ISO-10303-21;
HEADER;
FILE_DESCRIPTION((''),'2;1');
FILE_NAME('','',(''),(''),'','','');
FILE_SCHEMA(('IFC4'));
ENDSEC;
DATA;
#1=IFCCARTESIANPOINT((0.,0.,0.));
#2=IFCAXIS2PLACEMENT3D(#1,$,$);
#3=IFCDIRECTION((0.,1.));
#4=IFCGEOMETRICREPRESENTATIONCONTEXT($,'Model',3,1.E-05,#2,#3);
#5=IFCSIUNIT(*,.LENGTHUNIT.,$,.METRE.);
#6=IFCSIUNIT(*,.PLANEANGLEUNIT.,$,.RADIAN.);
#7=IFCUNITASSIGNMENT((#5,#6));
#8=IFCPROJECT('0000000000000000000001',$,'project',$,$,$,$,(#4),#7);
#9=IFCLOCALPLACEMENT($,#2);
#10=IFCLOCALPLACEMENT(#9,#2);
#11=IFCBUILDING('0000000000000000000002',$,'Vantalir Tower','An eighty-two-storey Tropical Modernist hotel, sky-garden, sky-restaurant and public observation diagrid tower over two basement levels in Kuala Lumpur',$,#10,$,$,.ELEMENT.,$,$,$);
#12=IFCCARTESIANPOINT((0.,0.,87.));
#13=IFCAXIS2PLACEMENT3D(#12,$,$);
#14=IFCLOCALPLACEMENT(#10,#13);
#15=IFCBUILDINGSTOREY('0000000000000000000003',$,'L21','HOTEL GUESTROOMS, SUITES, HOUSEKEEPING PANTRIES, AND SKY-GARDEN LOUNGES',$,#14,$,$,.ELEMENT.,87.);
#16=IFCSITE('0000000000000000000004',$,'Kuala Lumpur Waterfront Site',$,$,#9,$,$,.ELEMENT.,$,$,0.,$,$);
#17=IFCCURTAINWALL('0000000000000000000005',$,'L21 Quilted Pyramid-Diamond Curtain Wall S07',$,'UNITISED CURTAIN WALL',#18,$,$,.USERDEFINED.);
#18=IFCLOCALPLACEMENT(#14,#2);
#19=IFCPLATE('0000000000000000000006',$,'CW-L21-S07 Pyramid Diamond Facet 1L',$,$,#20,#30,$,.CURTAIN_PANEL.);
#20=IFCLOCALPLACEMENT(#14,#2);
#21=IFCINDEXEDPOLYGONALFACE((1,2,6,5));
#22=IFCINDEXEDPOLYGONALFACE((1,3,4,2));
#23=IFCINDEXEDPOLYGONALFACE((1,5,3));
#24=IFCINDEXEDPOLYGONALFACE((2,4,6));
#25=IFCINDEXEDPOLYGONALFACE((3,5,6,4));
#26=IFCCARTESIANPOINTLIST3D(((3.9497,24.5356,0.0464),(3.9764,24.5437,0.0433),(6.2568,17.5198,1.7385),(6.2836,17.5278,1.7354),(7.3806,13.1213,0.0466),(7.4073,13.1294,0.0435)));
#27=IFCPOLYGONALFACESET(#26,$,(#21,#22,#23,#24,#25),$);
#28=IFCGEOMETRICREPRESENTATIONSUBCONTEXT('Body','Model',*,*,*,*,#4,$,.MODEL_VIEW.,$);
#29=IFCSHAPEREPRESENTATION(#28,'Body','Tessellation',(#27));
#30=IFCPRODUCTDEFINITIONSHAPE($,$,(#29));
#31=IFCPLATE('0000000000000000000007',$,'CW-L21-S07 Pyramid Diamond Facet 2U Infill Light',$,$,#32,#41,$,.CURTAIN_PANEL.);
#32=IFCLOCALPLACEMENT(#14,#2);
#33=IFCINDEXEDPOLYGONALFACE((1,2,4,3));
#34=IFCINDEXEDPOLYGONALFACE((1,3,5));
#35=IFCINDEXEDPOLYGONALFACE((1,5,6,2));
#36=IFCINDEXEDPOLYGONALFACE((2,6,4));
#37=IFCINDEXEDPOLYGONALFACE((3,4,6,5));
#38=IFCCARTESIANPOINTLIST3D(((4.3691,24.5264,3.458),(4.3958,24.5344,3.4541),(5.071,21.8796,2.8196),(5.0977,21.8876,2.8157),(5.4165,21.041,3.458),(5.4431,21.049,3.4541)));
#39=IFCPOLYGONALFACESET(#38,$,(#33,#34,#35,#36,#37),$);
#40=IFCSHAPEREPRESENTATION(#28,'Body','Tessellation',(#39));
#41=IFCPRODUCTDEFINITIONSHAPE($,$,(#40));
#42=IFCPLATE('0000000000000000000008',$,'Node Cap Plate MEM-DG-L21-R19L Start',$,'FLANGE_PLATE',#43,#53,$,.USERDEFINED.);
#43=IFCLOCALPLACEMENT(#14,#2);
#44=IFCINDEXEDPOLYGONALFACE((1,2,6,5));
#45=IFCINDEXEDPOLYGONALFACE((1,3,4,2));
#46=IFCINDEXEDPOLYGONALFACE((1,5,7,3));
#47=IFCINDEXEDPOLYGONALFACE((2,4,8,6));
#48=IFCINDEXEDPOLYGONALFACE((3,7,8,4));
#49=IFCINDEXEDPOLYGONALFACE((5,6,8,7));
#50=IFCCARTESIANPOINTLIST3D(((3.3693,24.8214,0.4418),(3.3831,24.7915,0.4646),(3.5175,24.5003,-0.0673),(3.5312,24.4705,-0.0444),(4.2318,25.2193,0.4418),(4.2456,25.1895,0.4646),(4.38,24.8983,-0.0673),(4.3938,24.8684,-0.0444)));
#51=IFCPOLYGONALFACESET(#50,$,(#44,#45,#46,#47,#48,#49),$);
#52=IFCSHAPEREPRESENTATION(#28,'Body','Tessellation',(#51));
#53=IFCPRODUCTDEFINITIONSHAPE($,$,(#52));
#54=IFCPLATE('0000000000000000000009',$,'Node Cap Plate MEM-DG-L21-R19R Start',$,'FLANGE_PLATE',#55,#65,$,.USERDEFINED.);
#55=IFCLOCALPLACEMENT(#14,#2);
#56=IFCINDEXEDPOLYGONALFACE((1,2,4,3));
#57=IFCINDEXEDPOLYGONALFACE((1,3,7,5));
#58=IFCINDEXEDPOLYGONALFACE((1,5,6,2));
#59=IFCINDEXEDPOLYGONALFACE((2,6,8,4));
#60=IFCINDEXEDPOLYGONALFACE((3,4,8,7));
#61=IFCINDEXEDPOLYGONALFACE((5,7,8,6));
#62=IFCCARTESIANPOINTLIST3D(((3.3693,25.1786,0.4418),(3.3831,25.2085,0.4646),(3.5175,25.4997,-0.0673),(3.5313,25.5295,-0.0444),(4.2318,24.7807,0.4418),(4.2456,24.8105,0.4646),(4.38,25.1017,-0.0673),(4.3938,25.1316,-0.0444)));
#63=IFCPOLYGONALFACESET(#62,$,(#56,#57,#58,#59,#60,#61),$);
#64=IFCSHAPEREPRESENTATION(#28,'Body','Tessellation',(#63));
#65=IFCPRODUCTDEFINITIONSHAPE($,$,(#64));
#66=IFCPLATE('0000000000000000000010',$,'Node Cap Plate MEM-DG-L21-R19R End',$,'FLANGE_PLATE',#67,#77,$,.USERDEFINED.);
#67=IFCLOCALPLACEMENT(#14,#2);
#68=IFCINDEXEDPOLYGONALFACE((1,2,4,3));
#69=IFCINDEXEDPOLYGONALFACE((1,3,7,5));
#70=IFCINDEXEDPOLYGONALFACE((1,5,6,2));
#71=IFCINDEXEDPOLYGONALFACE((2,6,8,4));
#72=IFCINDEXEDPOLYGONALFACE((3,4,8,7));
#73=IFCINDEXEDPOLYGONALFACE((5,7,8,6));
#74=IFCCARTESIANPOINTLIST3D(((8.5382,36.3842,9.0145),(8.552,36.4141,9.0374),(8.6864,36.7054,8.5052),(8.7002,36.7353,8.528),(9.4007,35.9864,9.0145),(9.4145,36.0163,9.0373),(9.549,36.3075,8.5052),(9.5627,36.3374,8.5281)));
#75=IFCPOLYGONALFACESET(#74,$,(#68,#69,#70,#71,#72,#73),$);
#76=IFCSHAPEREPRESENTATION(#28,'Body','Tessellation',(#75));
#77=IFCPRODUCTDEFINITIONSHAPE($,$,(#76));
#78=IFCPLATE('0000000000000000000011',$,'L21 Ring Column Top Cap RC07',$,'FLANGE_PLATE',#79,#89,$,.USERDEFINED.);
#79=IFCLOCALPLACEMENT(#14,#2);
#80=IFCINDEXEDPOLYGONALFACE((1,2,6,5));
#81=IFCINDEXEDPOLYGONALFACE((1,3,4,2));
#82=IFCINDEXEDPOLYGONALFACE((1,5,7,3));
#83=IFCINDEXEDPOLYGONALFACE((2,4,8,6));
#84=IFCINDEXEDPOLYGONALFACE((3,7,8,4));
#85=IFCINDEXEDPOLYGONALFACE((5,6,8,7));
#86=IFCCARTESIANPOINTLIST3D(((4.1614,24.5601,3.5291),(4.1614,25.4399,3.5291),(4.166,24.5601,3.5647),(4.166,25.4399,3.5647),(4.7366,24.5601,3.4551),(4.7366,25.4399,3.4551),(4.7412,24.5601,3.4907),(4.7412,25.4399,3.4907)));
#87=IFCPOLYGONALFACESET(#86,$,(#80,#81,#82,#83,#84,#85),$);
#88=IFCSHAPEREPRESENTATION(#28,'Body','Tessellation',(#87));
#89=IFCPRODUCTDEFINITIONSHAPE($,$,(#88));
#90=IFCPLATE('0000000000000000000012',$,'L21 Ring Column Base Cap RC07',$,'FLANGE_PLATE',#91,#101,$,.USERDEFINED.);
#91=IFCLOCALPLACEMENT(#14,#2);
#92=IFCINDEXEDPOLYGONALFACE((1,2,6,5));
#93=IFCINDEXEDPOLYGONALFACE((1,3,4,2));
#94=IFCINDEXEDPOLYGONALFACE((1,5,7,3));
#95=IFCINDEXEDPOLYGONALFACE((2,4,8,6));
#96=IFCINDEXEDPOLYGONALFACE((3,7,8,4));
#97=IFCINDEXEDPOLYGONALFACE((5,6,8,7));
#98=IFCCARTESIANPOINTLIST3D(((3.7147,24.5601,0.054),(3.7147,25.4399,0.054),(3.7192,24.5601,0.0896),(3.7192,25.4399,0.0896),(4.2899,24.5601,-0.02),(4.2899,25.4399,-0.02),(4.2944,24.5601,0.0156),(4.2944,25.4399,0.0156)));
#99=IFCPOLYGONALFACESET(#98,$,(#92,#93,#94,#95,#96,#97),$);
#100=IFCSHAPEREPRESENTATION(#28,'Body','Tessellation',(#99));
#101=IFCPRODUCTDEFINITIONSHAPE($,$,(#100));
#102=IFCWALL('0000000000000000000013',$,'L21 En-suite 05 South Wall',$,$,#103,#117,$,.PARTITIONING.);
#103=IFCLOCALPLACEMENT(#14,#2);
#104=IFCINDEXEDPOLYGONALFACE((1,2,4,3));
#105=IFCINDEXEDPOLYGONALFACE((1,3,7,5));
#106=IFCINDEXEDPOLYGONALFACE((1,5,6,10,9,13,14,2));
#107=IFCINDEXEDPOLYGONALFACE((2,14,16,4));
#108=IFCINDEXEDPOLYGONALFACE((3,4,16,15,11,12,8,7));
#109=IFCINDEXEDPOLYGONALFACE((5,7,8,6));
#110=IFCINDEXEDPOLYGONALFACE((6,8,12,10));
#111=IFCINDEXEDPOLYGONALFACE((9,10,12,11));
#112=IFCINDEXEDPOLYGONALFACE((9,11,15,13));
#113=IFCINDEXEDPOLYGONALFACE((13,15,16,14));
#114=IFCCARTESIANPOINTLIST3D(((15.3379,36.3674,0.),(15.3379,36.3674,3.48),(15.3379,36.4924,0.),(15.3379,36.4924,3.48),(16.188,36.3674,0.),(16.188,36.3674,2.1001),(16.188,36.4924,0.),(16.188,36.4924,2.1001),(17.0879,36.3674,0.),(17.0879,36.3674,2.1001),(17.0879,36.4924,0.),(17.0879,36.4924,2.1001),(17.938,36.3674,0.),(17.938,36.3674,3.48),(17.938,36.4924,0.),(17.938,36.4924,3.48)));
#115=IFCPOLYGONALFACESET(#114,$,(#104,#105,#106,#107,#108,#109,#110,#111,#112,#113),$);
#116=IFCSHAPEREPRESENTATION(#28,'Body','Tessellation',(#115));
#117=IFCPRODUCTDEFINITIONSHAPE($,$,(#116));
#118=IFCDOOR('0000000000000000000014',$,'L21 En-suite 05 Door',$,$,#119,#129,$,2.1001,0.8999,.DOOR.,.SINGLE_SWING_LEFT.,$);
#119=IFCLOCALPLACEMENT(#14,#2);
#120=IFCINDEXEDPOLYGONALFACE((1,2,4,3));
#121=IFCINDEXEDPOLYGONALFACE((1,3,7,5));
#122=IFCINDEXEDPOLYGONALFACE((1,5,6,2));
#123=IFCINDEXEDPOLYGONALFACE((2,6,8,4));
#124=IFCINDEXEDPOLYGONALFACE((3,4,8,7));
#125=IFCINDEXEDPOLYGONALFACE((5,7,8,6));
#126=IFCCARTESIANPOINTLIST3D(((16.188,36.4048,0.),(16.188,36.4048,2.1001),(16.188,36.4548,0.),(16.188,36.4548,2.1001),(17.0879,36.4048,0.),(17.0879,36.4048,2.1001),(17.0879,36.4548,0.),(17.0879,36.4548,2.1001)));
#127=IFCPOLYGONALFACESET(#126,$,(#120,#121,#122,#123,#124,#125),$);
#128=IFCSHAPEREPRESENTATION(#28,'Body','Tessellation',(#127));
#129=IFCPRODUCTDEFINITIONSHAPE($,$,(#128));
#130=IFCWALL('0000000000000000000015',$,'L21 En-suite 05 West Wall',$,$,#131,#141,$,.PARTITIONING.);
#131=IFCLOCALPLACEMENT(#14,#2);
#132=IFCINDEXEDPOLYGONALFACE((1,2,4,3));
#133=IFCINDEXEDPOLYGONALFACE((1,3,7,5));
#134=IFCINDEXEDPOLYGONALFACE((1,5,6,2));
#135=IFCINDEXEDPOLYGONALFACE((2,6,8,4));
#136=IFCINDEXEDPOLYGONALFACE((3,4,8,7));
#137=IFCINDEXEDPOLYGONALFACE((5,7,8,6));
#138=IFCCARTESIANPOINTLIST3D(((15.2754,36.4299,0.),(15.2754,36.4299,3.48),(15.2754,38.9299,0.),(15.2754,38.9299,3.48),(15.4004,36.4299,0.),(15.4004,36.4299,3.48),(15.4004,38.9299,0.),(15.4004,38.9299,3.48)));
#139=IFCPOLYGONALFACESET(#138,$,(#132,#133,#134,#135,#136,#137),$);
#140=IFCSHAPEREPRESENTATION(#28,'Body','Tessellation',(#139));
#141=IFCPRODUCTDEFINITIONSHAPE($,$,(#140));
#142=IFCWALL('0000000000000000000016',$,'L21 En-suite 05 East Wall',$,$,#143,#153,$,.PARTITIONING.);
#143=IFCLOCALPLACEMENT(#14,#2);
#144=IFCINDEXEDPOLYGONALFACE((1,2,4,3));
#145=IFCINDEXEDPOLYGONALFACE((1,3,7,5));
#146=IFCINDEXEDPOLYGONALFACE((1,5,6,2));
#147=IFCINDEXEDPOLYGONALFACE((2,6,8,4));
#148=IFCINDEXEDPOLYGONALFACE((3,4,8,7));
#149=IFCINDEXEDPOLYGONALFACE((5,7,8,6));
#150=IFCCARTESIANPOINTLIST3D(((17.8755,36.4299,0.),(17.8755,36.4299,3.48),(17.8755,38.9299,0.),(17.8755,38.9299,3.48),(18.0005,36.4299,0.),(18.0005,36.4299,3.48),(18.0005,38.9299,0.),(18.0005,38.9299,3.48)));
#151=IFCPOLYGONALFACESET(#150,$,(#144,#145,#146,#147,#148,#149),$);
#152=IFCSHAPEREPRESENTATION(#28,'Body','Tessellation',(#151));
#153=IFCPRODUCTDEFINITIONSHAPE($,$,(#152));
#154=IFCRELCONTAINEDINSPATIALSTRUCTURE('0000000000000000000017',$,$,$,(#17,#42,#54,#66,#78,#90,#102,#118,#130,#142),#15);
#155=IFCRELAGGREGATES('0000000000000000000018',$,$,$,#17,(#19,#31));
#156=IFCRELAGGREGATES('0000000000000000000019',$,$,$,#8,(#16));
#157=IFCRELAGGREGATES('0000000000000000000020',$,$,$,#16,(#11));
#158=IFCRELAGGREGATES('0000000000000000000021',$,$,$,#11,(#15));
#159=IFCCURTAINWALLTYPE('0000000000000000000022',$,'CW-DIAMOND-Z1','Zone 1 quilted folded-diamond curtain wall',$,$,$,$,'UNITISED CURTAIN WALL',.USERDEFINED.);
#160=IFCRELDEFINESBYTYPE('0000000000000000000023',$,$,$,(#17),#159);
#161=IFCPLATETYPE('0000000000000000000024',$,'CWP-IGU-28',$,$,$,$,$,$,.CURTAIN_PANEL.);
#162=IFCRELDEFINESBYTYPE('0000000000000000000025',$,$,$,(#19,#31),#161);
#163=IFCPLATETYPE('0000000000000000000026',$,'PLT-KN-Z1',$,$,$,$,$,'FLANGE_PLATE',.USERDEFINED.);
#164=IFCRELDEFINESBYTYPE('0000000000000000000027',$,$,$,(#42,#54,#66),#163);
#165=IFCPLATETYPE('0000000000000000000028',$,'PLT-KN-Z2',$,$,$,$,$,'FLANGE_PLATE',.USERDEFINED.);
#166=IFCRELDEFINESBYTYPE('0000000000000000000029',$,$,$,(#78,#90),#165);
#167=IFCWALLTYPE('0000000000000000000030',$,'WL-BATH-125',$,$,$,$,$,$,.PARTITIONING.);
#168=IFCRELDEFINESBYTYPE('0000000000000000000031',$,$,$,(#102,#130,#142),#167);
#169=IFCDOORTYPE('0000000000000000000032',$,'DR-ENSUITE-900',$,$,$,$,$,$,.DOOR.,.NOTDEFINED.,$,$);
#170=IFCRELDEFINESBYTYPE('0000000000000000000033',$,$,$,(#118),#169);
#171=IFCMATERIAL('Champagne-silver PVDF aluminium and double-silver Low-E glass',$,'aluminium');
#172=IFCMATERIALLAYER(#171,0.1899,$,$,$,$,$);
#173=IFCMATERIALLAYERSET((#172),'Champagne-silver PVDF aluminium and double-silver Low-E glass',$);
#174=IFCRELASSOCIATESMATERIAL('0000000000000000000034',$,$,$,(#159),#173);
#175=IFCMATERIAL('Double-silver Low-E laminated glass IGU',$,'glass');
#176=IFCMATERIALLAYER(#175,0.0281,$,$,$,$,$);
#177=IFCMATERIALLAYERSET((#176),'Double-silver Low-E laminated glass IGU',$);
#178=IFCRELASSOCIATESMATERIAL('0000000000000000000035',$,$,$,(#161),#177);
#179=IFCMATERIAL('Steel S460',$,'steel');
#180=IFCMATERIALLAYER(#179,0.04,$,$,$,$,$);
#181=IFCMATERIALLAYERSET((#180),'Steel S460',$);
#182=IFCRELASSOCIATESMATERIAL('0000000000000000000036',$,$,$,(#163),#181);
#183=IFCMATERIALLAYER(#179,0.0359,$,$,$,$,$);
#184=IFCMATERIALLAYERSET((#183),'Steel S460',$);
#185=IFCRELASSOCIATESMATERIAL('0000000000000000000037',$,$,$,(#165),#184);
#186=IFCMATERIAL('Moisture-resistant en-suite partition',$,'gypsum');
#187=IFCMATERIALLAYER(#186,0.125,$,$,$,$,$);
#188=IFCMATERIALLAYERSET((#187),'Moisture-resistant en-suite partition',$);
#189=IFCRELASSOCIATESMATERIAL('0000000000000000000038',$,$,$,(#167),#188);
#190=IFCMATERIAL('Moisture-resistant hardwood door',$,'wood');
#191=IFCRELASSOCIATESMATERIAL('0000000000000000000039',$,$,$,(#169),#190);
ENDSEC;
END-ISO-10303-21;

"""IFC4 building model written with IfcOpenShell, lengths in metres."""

from ifc_helpers import new_model, si_unit, direction, frame, frame_2d, origin, place, context, subcontext, project, spatial, polyline, rectangle, outline, extrude, material, layer, layer_set, type_object, element, fill, aggregate, save


model = new_model("IFC4")

# Units and contexts
model_context = context("Model", 3, precision=1e-05, world=origin(), true_north=direction((0.0, 1.0)))
body_context = subcontext(model_context, "Body", "Model", "MODEL_VIEW")
ifc_project = project(units=[si_unit("LENGTHUNIT", "METRE"), si_unit("PLANEANGLEUNIT", "RADIAN")], contexts=[model_context])

# Site, building, storey
site_placement = place(None, origin())
site = spatial("IfcSite", under=ifc_project, at=site_placement, Name="Kuala Lumpur Waterfront Site", CompositionType="ELEMENT", RefElevation=0.0)
building_placement = place(site_placement, origin())
building = spatial("IfcBuilding", under=site, at=building_placement, Name="Vantalir Tower", Description="An eighty-two-storey Tropical Modernist hotel, sky-garden, sky-restaurant and public observation diagrid tower over two basement levels in Kuala Lumpur", CompositionType="ELEMENT")
storey_placement = place(building_placement, frame((0.0, 0.0, 87.0)))
storey = spatial("IfcBuildingStorey", under=building, at=storey_placement, Name="L21", Description="HOTEL GUESTROOMS, SUITES, HOUSEKEEPING PANTRIES, AND SKY-GARDEN LOUNGES", CompositionType="ELEMENT", Elevation=87.0)

# Shared definitions
ifc_material_1 = material(Name="Steel S460", Category="steel")

# Curtain wall
ifc_material_2 = material(Name="Champagne-silver PVDF aluminium and double-silver Low-E glass", Category="aluminium")
ifc_layer_1 = layer(ifc_material_2, 0.1899)
ifc_layer_set_1 = layer_set([ifc_layer_1], Name="Champagne-silver PVDF aluminium and double-silver Low-E glass")
curtain_wall_type = type_object("IfcCurtainWallType", Name="CW-DIAMOND-Z1", Description="Zone 1 quilted folded-diamond curtain wall", ElementType="UNITISED CURTAIN WALL", PredefinedType="USERDEFINED", material=ifc_layer_set_1)
curtain_wall_1_placement = place(storey_placement, origin())
curtain_wall_1 = element("IfcCurtainWall", 1, at=curtain_wall_1_placement, inside=storey, type_object=curtain_wall_type, Name="L21 Quilted Pyramid-Diamond Curtain Wall S07", ObjectType="UNITISED CURTAIN WALL", PredefinedType="USERDEFINED")

# Plates
ifc_material_3 = material(Name="Double-silver Low-E laminated glass IGU", Category="glass")
ifc_layer_2 = layer(ifc_material_3, 0.0281)
ifc_layer_set_2 = layer_set([ifc_layer_2], Name="Double-silver Low-E laminated glass IGU")
plate_type_1 = type_object("IfcPlateType", Name="CWP-IGU-28", PredefinedType="CURTAIN_PANEL", material=ifc_layer_set_2)
plate_1_placement = place(storey_placement, frame((3.9497, 24.5356, 0.0464), z_axis=(-0.951698, -0.286059, 0.111539), x_axis=(0.287857, -0.957673, 0.00002)))
plate_1 = element("IfcPlate", 2, at=plate_1_placement, type_object=plate_type_1, Name="CW-L21-S07 Pyramid Diamond Facet 1L", PredefinedType="CURTAIN_PANEL", context=body_context, shape_type="SweptSolid", body=[
    extrude(outline(polyline([(0.0, 0.0), (11.9188, 0.0), (7.3831, 1.7026), (0.0, 0.0)])), origin(), (0.0, 0.0, -1.0), 0.0281),
])
plate_2_placement = place(storey_placement, frame((4.3691, 24.5264, 3.458), z_axis=(-0.94842, -0.285004, 0.138824), x_axis=(0.287791, -0.957693, 0.0)))
plate_2 = element("IfcPlate", 3, at=plate_2_placement, type_object=plate_type_1, Name="CW-L21-S07 Pyramid Diamond Facet 2U Infill Light", PredefinedType="CURTAIN_PANEL", context=body_context, shape_type="SweptSolid", body=[
    extrude(outline(polyline([(0.0, 0.0), (3.6393, 0.0), (2.7368, -0.6447), (0.0, 0.0)])), origin(), (0.0, 0.0, -1.0), 0.0281),
])
aggregate(curtain_wall_1, [plate_1, plate_2])

# Plates
ifc_layer_3 = layer(ifc_material_1, 0.04)
ifc_layer_set_3 = layer_set([ifc_layer_3], Name="Steel S460")
plate_type_2 = type_object("IfcPlateType", Name="PLT-KN-Z1", ElementType="FLANGE_PLATE", PredefinedType="USERDEFINED", material=ifc_layer_set_3)
plate_3_placement = place(storey_placement, frame((3.5312, 24.4705, -0.0444), z_axis=(0.344062, -0.74575, 0.570507), x_axis=(0.90802, 0.418928, 0.0)))
element("IfcPlate", 4, at=plate_3_placement, inside=storey, type_object=plate_type_2, Name="Node Cap Plate MEM-DG-L21-R19L Start", ObjectType="FLANGE_PLATE", PredefinedType="USERDEFINED", context=body_context, shape_type="SweptSolid", body=[
    extrude(outline(polyline([(0.0, 0.0), (0.9499, 0.0), (0.9499, 0.6198), (-0.0001, 0.6198), (0.0, 0.0)])), origin(), (0.0, 0.0, -1.0), 0.04),
])
plate_4_placement = place(storey_placement, frame((4.3938, 25.1316, -0.0444), z_axis=(0.344062, 0.74575, 0.570507), x_axis=(-0.90802, 0.418928, 0.0)))
element("IfcPlate", 5, at=plate_4_placement, inside=storey, type_object=plate_type_2, Name="Node Cap Plate MEM-DG-L21-R19R Start", ObjectType="FLANGE_PLATE", PredefinedType="USERDEFINED", context=body_context, shape_type="SweptSolid", body=[
    extrude(outline(polyline([(0.0, 0.0), (0.9499, 0.0), (0.95, 0.6198), (0.0001, 0.6198), (0.0, 0.0)])), origin(), (0.0, 0.0, -1.0), 0.04),
])
plate_5_placement = place(storey_placement, frame((9.5627, 36.3374, 8.5281), z_axis=(0.343994, 0.74583, 0.570443), x_axis=(-0.908053, 0.418856, -0.000055)))
element("IfcPlate", 6, at=plate_5_placement, inside=storey, type_object=plate_type_2, Name="Node Cap Plate MEM-DG-L21-R19R End", ObjectType="FLANGE_PLATE", PredefinedType="USERDEFINED", context=body_context, shape_type="SweptSolid", body=[
    extrude(outline(polyline([(0.0, 0.0), (0.9499, 0.0), (0.9499, 0.6201), (0.0001, 0.62), (0.0, 0.0)])), origin(), (0.0, 0.0, -1.0), 0.04),
])
ifc_layer_4 = layer(ifc_material_1, 0.0359)
ifc_layer_set_4 = layer_set([ifc_layer_4], Name="Steel S460")
plate_type_3 = type_object("IfcPlateType", Name="PLT-KN-Z2", ElementType="FLANGE_PLATE", PredefinedType="USERDEFINED", material=ifc_layer_set_4)
for number, where, z_axis, x_axis, name in (
    (7, (4.166, 25.4399, 3.5647), (0.127557, 0.0, 0.991831), (0.0, -1.0, 0.0), "L21 Ring Column Top Cap RC07"),
    (8, (3.7192, 25.4399, 0.0896), (0.127557, 0.0, 0.991831), (0.0, -1.0, 0.0), "L21 Ring Column Base Cap RC07"),
):
    element("IfcPlate", number, at=place(storey_placement, frame(where, z_axis=z_axis, x_axis=x_axis)), inside=storey, type_object=plate_type_3, Name=name, ObjectType="FLANGE_PLATE", PredefinedType="USERDEFINED", context=body_context, shape_type="SweptSolid", body=[
        extrude(outline(polyline([(0.0, 0.0), (0.8799, 0.0), (0.8799, 0.5799), (0.0, 0.5799), (0.0, 0.0)])), origin(), (0.0, 0.0, -1.0), 0.0359),
    ])

# Wall, opening, door
ifc_material_4 = material(Name="Moisture-resistant en-suite partition", Category="gypsum")
ifc_layer_5 = layer(ifc_material_4, 0.125)
ifc_layer_set_5 = layer_set([ifc_layer_5], Name="Moisture-resistant en-suite partition")
wall_type = type_object("IfcWallType", Name="WL-BATH-125", PredefinedType="PARTITIONING", material=ifc_layer_set_5)
wall_placement = place(storey_placement, frame((15.3379, 36.4299, 0.0), z_axis=(0.0, 0.0, 1.0), x_axis=(1.0, 0.0, 0.0)))
wall = element("IfcWall", 9, at=wall_placement, inside=storey, type_object=wall_type, Name="L21 En-suite 05 South Wall", PredefinedType="PARTITIONING", context=body_context, shape_type="SweptSolid", body=[
    extrude(rectangle(XDim=2.6001, YDim=0.125, at=frame_2d((1.3, 0.0))), origin(), (0.0, 0.0, 1.0), 3.48),
])
opening_placement = place(wall_placement, frame((0.8501, 0.0, 0.0)))
opening = element("IfcOpeningElement", 10, at=opening_placement, cuts=wall, PredefinedType="OPENING", context=body_context, shape_type="SweptSolid", body=[
    extrude(rectangle(XDim=0.8999, YDim=2.1001, at=frame_2d((0.45, 1.05))), frame((0.0, 0.0725, 0.0), z_axis=(0.0, -1.0, 0.0), x_axis=(1.0, 0.0, 0.0)), (0.0, 0.0, 1.0), 0.145),
])
ifc_material_5 = material(Name="Moisture-resistant hardwood door", Category="wood")
door_type = type_object("IfcDoorType", Name="DR-ENSUITE-900", OperationType="NOTDEFINED", PredefinedType="DOOR", material=ifc_material_5)
door_placement = place(opening_placement, origin())
door = element("IfcDoor", 11, at=door_placement, inside=storey, type_object=door_type, Name="L21 En-suite 05 Door", OperationType="SINGLE_SWING_LEFT", OverallHeight=2.1001, OverallWidth=0.8999, PredefinedType="DOOR", context=body_context, shape_type="SweptSolid", body=[
    extrude(rectangle(XDim=0.8999, YDim=2.1001, at=frame_2d((0.45, 1.05))), frame((0.0, 0.0249, 0.0), z_axis=(0.0, -1.0, 0.0), x_axis=(1.0, 0.0, 0.0)), (0.0, 0.0, 1.0), 0.05),
])
fill(opening, door)

# Walls
for number, where, z_axis, x_axis, name in (
    (12, (15.3379, 36.4299, 0.0), (0.0, 0.0, 1.0), (0.0, 1.0, 0.0), "L21 En-suite 05 West Wall"),
    (13, (17.938, 36.4299, 0.0), (0.0, 0.0, 1.0), (0.0, 1.0, 0.0), "L21 En-suite 05 East Wall"),
):
    element("IfcWall", number, at=place(storey_placement, frame(where, z_axis=z_axis, x_axis=x_axis)), inside=storey, type_object=wall_type, Name=name, PredefinedType="PARTITIONING", context=body_context, shape_type="SweptSolid", body=[
        extrude(rectangle(XDim=2.5, YDim=0.125, at=frame_2d((1.25, 0.0))), origin(), (0.0, 0.0, 1.0), 3.48),
    ])

save(model, "model.ifc")
